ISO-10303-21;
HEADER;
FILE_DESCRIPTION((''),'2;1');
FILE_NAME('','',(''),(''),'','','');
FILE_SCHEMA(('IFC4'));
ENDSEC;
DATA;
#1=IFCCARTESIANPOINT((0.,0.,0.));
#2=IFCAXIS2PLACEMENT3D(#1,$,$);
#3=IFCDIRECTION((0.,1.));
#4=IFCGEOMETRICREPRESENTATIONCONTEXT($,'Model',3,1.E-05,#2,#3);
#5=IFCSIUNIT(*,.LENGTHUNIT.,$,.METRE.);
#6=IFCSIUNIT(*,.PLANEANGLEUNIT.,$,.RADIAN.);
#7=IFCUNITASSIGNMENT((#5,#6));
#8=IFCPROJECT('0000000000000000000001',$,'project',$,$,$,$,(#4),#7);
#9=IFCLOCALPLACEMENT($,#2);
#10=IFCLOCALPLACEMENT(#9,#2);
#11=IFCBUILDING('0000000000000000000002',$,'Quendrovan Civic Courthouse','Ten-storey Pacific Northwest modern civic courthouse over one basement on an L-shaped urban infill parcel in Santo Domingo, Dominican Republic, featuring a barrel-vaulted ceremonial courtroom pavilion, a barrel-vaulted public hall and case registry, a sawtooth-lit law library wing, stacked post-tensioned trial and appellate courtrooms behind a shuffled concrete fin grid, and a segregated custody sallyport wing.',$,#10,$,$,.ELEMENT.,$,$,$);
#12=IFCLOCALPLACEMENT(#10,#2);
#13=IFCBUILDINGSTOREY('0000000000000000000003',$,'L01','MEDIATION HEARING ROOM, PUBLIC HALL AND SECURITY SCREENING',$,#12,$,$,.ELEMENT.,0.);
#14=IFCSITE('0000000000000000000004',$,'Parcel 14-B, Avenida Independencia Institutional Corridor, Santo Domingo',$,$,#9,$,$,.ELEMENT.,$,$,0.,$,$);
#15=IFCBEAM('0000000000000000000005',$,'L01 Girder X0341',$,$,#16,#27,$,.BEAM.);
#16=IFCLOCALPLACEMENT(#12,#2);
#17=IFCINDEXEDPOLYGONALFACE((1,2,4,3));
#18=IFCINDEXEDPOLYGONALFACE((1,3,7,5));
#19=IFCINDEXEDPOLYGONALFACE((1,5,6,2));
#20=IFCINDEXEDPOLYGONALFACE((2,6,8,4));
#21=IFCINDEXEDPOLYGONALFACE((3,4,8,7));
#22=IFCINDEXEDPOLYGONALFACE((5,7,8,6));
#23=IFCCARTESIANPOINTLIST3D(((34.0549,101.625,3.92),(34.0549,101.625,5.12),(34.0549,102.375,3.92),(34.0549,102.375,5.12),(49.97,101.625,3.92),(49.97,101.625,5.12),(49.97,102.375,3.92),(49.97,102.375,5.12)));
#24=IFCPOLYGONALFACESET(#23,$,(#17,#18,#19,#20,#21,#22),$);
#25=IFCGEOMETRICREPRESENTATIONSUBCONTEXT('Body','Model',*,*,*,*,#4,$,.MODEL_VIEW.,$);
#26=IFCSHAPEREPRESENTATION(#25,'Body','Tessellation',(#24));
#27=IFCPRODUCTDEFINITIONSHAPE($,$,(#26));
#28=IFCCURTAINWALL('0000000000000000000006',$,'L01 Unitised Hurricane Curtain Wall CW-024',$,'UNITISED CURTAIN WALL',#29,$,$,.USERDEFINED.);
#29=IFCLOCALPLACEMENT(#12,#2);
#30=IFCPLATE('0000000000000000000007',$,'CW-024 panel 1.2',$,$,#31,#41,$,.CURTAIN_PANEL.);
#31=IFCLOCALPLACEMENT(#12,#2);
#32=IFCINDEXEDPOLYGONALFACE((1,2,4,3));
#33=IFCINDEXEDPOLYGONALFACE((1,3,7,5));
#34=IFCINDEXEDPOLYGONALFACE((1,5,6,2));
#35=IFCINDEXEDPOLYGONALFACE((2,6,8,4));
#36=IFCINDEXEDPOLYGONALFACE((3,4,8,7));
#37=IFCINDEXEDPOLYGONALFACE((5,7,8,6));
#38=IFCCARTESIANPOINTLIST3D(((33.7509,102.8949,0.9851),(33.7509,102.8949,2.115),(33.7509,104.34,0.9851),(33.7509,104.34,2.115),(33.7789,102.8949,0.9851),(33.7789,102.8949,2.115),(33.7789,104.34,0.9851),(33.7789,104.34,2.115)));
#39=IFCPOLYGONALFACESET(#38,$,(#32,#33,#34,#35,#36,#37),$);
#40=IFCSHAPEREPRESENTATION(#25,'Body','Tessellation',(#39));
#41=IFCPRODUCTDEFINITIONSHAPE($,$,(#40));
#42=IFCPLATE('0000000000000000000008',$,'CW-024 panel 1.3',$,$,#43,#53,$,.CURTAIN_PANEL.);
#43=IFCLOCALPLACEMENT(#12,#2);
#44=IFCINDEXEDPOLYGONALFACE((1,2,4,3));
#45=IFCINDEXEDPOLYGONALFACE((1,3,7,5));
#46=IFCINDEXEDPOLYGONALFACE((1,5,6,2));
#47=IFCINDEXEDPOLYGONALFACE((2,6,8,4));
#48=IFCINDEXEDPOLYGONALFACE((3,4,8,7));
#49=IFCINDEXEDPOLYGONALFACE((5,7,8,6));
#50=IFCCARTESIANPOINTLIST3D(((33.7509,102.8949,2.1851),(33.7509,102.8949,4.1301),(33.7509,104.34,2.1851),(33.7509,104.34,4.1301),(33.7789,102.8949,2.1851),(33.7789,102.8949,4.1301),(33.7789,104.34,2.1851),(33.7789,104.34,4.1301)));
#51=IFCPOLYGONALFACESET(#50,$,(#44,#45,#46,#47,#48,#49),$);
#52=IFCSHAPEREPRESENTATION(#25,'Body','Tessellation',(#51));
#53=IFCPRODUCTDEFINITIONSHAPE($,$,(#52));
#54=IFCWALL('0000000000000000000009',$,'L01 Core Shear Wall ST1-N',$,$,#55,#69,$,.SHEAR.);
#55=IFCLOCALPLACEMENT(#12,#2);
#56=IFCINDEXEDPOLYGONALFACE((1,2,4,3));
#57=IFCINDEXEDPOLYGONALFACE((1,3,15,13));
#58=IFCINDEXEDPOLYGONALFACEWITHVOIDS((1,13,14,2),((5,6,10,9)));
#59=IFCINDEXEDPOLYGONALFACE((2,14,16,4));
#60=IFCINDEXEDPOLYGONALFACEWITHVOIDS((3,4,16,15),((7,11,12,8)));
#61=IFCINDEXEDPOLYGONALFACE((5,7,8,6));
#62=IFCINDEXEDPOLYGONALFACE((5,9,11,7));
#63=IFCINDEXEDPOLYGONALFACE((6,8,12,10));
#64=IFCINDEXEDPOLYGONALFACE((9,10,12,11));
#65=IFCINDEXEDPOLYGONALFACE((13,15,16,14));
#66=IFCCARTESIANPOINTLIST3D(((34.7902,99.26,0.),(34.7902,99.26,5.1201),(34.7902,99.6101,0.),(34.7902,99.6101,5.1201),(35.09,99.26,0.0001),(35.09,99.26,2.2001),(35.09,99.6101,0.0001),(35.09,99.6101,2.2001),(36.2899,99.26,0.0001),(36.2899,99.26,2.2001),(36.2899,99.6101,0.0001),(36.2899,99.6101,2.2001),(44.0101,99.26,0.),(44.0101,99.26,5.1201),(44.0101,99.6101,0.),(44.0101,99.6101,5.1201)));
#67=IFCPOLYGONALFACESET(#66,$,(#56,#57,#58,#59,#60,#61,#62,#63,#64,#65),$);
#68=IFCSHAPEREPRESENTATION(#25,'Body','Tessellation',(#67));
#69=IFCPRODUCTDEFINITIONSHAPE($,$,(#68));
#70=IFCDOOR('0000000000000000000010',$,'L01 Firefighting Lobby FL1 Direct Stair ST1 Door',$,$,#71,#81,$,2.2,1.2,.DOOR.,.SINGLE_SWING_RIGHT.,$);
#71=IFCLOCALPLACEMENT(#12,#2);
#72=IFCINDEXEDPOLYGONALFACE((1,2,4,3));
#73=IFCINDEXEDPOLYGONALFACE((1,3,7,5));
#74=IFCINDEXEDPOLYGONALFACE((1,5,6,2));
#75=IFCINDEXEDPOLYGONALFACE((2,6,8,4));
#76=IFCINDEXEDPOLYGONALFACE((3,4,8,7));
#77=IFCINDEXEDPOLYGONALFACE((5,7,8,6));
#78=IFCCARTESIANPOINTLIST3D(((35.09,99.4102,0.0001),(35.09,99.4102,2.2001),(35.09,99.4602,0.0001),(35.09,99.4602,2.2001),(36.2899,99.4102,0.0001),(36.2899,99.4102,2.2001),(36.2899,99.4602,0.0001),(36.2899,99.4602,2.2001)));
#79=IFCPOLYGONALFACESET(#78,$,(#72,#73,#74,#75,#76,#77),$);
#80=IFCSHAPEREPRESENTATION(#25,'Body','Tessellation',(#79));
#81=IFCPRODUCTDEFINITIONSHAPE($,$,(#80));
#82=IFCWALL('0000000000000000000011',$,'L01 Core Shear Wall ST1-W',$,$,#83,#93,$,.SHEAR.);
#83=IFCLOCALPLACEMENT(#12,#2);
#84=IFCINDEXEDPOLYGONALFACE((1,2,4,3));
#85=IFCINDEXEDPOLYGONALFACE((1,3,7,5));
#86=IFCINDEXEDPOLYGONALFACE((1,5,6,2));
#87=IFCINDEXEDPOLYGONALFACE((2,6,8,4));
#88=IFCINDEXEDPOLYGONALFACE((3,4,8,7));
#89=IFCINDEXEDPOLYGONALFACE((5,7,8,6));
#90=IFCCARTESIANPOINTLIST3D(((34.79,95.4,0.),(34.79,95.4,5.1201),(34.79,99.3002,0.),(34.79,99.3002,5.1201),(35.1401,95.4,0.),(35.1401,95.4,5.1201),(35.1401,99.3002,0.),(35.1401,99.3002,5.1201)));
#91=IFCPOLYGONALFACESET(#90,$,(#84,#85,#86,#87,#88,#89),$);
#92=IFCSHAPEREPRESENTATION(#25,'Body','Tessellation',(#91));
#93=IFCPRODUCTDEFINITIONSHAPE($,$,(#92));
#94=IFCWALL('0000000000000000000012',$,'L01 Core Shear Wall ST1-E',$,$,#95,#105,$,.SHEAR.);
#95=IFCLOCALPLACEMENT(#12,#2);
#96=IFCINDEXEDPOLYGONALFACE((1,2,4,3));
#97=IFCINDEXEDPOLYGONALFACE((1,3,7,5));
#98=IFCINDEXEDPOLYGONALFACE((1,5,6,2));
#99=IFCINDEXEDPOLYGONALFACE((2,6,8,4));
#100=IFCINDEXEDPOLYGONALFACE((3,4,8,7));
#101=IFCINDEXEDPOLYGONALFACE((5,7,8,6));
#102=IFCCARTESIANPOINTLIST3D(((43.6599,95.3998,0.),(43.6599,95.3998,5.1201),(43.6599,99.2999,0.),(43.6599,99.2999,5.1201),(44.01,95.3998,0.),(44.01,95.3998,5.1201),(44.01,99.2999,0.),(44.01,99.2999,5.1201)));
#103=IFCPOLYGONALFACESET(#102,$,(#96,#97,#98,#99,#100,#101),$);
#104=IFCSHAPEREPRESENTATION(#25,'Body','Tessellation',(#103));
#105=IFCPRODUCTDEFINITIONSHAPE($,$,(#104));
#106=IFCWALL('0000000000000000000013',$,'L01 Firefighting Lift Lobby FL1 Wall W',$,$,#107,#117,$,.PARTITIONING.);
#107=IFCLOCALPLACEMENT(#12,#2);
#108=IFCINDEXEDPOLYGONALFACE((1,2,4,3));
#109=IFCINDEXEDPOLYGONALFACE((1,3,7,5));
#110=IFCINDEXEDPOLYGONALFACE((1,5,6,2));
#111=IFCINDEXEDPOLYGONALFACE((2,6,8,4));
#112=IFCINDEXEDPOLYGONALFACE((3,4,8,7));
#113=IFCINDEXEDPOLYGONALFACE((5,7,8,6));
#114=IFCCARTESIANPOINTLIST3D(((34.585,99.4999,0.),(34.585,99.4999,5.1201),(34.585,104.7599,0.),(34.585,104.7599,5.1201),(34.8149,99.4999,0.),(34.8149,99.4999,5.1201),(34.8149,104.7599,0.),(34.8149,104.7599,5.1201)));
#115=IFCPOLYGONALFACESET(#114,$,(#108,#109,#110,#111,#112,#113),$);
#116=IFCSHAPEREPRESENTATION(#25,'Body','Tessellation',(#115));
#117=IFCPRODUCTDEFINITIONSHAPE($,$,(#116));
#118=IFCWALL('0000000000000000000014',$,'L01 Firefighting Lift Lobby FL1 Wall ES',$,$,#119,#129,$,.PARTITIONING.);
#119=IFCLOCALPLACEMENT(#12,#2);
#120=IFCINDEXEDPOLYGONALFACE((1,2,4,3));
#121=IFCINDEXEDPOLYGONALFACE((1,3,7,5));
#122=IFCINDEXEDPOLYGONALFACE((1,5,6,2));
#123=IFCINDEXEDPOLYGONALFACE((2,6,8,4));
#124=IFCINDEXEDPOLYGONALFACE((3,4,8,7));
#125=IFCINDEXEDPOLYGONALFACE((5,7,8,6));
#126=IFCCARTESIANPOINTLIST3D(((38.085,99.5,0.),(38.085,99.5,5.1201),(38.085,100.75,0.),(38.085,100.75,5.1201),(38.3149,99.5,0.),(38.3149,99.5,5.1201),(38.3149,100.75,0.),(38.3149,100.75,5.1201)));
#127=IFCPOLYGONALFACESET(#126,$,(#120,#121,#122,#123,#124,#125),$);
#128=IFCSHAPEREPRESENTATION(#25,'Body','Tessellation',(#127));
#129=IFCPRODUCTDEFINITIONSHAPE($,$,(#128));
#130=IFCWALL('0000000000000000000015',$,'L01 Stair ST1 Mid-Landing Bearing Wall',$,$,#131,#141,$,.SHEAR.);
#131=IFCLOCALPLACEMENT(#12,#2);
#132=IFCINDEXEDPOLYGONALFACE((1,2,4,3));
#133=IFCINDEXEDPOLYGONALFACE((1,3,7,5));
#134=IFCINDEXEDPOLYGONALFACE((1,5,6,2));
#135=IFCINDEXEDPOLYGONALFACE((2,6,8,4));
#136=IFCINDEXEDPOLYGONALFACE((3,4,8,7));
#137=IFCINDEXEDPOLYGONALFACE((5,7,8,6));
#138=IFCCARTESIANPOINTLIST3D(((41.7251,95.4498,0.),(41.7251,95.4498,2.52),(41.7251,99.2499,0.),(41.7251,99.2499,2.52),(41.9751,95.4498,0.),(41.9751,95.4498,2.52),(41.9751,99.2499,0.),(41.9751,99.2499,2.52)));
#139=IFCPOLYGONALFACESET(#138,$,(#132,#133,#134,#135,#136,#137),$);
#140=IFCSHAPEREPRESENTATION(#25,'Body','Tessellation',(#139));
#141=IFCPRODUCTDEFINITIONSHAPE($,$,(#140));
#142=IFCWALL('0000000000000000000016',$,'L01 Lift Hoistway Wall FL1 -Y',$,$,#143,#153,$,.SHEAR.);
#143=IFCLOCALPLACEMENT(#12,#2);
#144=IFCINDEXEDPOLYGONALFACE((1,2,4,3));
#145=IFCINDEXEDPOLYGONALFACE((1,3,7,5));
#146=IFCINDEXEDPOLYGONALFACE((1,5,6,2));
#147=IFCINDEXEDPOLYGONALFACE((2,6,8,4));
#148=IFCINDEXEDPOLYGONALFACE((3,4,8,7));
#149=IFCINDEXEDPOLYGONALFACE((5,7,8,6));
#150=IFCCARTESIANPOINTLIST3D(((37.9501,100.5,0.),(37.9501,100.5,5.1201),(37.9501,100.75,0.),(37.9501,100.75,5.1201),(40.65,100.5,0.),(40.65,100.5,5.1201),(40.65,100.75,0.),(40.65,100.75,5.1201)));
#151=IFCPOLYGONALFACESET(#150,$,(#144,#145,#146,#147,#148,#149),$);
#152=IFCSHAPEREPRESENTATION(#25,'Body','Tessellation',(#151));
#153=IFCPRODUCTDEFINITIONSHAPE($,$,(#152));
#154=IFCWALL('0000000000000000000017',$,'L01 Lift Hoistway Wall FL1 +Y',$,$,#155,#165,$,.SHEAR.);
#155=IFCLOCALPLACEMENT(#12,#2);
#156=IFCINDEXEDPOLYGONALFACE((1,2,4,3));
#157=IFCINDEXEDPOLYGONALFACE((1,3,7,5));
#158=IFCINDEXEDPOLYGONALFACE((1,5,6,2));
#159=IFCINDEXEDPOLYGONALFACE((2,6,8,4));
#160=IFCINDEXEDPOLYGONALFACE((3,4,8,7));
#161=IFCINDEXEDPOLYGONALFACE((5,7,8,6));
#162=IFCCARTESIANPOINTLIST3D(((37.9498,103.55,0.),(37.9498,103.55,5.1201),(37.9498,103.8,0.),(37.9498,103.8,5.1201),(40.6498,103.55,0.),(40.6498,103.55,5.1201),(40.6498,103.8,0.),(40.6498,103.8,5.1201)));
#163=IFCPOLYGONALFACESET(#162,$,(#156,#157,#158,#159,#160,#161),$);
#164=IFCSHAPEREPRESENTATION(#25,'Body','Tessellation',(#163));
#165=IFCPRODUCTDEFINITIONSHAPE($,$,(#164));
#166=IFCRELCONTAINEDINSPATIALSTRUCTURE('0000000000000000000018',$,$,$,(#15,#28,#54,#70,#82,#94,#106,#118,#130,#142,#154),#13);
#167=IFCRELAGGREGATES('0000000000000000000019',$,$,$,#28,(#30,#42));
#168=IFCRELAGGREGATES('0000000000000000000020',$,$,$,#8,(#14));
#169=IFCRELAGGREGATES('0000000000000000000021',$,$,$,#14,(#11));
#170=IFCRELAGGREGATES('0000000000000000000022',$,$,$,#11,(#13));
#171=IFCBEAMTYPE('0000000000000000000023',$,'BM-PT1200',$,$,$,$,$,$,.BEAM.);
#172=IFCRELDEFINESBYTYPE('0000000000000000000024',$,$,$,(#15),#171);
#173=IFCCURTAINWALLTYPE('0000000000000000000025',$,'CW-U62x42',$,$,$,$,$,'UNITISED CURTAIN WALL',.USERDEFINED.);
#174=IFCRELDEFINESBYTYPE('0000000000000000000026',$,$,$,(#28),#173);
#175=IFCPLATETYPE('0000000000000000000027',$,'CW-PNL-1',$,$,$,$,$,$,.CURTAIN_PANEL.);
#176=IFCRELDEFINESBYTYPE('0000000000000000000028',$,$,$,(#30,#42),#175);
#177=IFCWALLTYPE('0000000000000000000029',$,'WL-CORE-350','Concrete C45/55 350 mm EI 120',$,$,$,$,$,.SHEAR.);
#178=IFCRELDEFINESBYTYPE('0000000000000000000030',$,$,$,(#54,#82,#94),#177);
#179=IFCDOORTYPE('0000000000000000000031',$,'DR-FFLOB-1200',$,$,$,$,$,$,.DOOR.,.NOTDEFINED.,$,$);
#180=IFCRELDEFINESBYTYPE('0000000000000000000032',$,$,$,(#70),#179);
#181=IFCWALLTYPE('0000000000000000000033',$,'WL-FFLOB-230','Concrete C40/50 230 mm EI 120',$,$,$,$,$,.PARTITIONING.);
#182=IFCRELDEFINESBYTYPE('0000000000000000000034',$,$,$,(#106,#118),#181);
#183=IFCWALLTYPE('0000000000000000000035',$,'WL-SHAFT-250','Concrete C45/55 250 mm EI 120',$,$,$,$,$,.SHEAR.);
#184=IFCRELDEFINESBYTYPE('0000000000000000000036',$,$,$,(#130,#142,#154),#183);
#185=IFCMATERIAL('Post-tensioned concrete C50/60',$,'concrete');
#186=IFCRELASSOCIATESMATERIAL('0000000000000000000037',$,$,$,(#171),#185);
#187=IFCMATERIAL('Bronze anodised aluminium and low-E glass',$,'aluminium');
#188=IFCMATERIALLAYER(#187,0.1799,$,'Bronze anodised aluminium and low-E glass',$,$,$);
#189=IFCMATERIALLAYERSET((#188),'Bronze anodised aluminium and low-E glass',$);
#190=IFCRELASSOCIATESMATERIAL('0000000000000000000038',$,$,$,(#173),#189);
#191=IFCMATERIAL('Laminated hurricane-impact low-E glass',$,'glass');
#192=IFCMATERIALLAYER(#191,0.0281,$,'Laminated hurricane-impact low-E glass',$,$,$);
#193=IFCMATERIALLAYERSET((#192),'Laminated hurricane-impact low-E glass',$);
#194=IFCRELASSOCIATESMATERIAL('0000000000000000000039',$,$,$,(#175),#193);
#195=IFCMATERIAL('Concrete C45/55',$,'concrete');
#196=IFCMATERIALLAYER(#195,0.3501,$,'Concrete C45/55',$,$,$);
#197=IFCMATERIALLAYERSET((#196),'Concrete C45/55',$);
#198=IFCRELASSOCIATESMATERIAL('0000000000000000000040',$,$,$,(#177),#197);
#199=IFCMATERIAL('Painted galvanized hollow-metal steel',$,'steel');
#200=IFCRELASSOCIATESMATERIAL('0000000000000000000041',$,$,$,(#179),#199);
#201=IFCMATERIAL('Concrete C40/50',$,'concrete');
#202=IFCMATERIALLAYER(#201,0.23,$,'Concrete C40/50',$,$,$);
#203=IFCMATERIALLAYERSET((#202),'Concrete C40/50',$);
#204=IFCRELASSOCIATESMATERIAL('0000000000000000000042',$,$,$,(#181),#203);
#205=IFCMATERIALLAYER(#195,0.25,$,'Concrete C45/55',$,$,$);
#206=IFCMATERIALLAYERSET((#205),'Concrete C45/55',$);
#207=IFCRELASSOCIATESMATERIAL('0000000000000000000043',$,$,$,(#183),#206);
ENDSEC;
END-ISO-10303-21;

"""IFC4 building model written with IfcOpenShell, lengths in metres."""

from ifc_helpers import new_model, si_unit, direction, frame, frame_2d, origin, origin_2d, place, context, subcontext, project, spatial, rectangle, extrude, material, layer, layer_set, material_profile, profile_set, type_object, element, fill, aggregate, save


model = new_model("IFC4")

# Units and contexts
model_context = context("Model", 3, precision=1e-05, world=origin(), true_north=direction((0.0, 1.0)))
body_context = subcontext(model_context, "Body", "Model", "MODEL_VIEW")
ifc_project = project(units=[si_unit("LENGTHUNIT", "METRE"), si_unit("PLANEANGLEUNIT", "RADIAN")], contexts=[model_context])

# Site, building, storey
site_placement = place(None, origin())
site = spatial("IfcSite", under=ifc_project, at=site_placement, Name="Parcel 14-B, Avenida Independencia Institutional Corridor, Santo Domingo", CompositionType="ELEMENT", RefElevation=0.0)
building_placement = place(site_placement, origin())
building = spatial("IfcBuilding", under=site, at=building_placement, Name="Quendrovan Civic Courthouse", Description="Ten-storey Pacific Northwest modern civic courthouse over one basement on an L-shaped urban infill parcel in Santo Domingo, Dominican Republic, featuring a barrel-vaulted ceremonial courtroom pavilion, a barrel-vaulted public hall and case registry, a sawtooth-lit law library wing, stacked post-tensioned trial and appellate courtrooms behind a shuffled concrete fin grid, and a segregated custody sallyport wing.", CompositionType="ELEMENT")
storey_placement = place(building_placement, origin())
storey = spatial("IfcBuildingStorey", under=building, at=storey_placement, Name="L01", Description="MEDIATION HEARING ROOM, PUBLIC HALL AND SECURITY SCREENING", CompositionType="ELEMENT", Elevation=0.0)

# Beam
ifc_material_1 = material(Name="Post-tensioned concrete C50/60", Category="concrete")
ifc_material_profile = material_profile(ifc_material_1, rectangle(XDim=0.75, YDim=1.2, at=origin_2d()), Name="PT-GIRD-750x1200")
ifc_profile_set = profile_set([ifc_material_profile], Name="Post-tensioned concrete C50/60")
beam_type = type_object("IfcBeamType", Name="BM-PT1200", PredefinedType="BEAM", material=ifc_profile_set)
beam_placement = place(storey_placement, frame((34.0549, 102.0, 4.52), z_axis=(1.0, 0.0, 0.0), x_axis=(0.0, 1.0, 0.0)))
element("IfcBeam", 1, at=beam_placement, inside=storey, type_object=beam_type, Name="L01 Girder X0341", PredefinedType="BEAM", context=body_context, shape_type="SweptSolid", body=[
    extrude(rectangle(XDim=0.75, YDim=1.2, at=origin_2d()), origin(), (0.0, 0.0, 1.0), 15.915),
])

# Curtain wall, plates
ifc_material_2 = material(Name="Bronze anodised aluminium and low-E glass", Category="aluminium")
ifc_layer_1 = layer(ifc_material_2, 0.1799, Name="Bronze anodised aluminium and low-E glass")
ifc_layer_set_1 = layer_set([ifc_layer_1], Name="Bronze anodised aluminium and low-E glass")
curtain_wall_type = type_object("IfcCurtainWallType", Name="CW-U62x42", ElementType="UNITISED CURTAIN WALL", PredefinedType="USERDEFINED", material=ifc_layer_set_1)
curtain_wall_placement = place(storey_placement, origin())
curtain_wall = element("IfcCurtainWall", 2, at=curtain_wall_placement, inside=storey, type_object=curtain_wall_type, Name="L01 Unitised Hurricane Curtain Wall CW-024", ObjectType="UNITISED CURTAIN WALL", PredefinedType="USERDEFINED")
ifc_material_3 = material(Name="Laminated hurricane-impact low-E glass", Category="glass")
ifc_layer_2 = layer(ifc_material_3, 0.0281, Name="Laminated hurricane-impact low-E glass")
ifc_layer_set_2 = layer_set([ifc_layer_2], Name="Laminated hurricane-impact low-E glass")
plate_type = type_object("IfcPlateType", Name="CW-PNL-1", PredefinedType="CURTAIN_PANEL", material=ifc_layer_set_2)
plate_1_placement = place(storey_placement, frame((33.7649, 103.6174, 0.9851), z_axis=(0.0, 0.0, 1.0), x_axis=(0.0, 1.0, 0.0)))
plate_1 = element("IfcPlate", 3, at=plate_1_placement, type_object=plate_type, Name="CW-024 panel 1.2", PredefinedType="CURTAIN_PANEL", context=body_context, shape_type="SweptSolid", body=[
    extrude(rectangle(XDim=1.4451, YDim=0.0281, at=origin_2d()), origin(), (0.0, 0.0, 1.0), 1.1299),
])
plate_2_placement = place(storey_placement, frame((33.7649, 103.6174, 2.1851), z_axis=(0.0, 0.0, 1.0), x_axis=(0.0, 1.0, 0.0)))
plate_2 = element("IfcPlate", 4, at=plate_2_placement, type_object=plate_type, Name="CW-024 panel 1.3", PredefinedType="CURTAIN_PANEL", context=body_context, shape_type="SweptSolid", body=[
    extrude(rectangle(XDim=1.4451, YDim=0.0281, at=origin_2d()), origin(), (0.0, 0.0, 1.0), 1.9451),
])
aggregate(curtain_wall, [plate_1, plate_2])

# Wall, opening, door
ifc_material_4 = material(Name="Concrete C45/55", Category="concrete")
ifc_layer_3 = layer(ifc_material_4, 0.3501, Name="Concrete C45/55")
ifc_layer_set_3 = layer_set([ifc_layer_3], Name="Concrete C45/55")
wall_type_1 = type_object("IfcWallType", Name="WL-CORE-350", Description="Concrete C45/55 350 mm EI 120", PredefinedType="SHEAR", material=ifc_layer_set_3)
wall_1_placement = place(storey_placement, frame((44.01, 99.4351, 0.0), z_axis=(0.0, 0.0, 1.0), x_axis=(-1.0, 0.0, 0.0)))
wall_1 = element("IfcWall", 5, at=wall_1_placement, inside=storey, type_object=wall_type_1, Name="L01 Core Shear Wall ST1-N", PredefinedType="SHEAR", context=body_context, shape_type="SweptSolid", body=[
    extrude(rectangle(XDim=9.22, YDim=0.3501, at=frame_2d((4.6099, 0.0))), origin(), (0.0, 0.0, 1.0), 5.1201),
])
opening_1_placement = place(wall_1_placement, frame((7.72, 0.0, 0.0)))
opening_1 = element("IfcOpeningElement", 6, at=opening_1_placement, cuts=wall_1, PredefinedType="OPENING", context=body_context, shape_type="SweptSolid", body=[
    extrude(rectangle(XDim=1.2, YDim=2.2, at=frame_2d((0.6001, 1.1001))), frame((0.0, 0.1851, 0.0), z_axis=(0.0, -1.0, 0.0), x_axis=(1.0, 0.0, 0.0)), (0.0, 0.0, 1.0), 0.3701),
])
ifc_material_5 = material(Name="Painted galvanized hollow-metal steel", Category="steel")
door_type_1 = type_object("IfcDoorType", Name="DR-FFLOB-1200", OperationType="NOTDEFINED", PredefinedType="DOOR", material=ifc_material_5)
door_1_placement = place(opening_1_placement, origin())
door_1 = element("IfcDoor", 7, at=door_1_placement, inside=storey, type_object=door_type_1, Name="L01 Firefighting Lobby FL1 Direct Stair ST1 Door", OperationType="SINGLE_SWING_RIGHT", OverallHeight=2.2, OverallWidth=1.2, PredefinedType="DOOR", context=body_context, shape_type="SweptSolid", body=[
    extrude(rectangle(XDim=1.2, YDim=2.2, at=frame_2d((0.6001, 1.1001))), frame((0.0, 0.0249, 0.0), z_axis=(0.0, -1.0, 0.0), x_axis=(1.0, 0.0, 0.0)), (0.0, 0.0, 1.0), 0.05),
])
fill(opening_1, door_1)

# Walls
for number, where, z_axis, x_axis, name in (
    (8, (34.9651, 95.3999, 0.0), (0.0, 0.0, 1.0), (0.0, 1.0, 0.0), "L01 Core Shear Wall ST1-W"),
    (9, (43.835, 99.3, 0.0), (0.0, 0.0, 1.0), (0.0, -1.0, 0.0), "L01 Core Shear Wall ST1-E"),
):
    element("IfcWall", number, at=place(storey_placement, frame(where, z_axis=z_axis, x_axis=x_axis)), inside=storey, type_object=wall_type_1, Name=name, PredefinedType="SHEAR", context=body_context, shape_type="SweptSolid", body=[
        extrude(rectangle(XDim=3.9001, YDim=0.3501, at=frame_2d((1.9502, 0.0))), origin(), (0.0, 0.0, 1.0), 5.1201),
    ])
ifc_material_6 = material(Name="Concrete C40/50", Category="concrete")
ifc_layer_4 = layer(ifc_material_6, 0.23, Name="Concrete C40/50")
ifc_layer_set_4 = layer_set([ifc_layer_4], Name="Concrete C40/50")
wall_type_2 = type_object("IfcWallType", Name="WL-FFLOB-230", Description="Concrete C40/50 230 mm EI 120", PredefinedType="PARTITIONING", material=ifc_layer_set_4)
wall_2_placement = place(storey_placement, frame((34.7, 99.5, 0.0), z_axis=(0.0, 0.0, 1.0), x_axis=(0.0, 1.0, 0.0)))
element("IfcWall", 10, at=wall_2_placement, inside=storey, type_object=wall_type_2, Name="L01 Firefighting Lift Lobby FL1 Wall W", PredefinedType="PARTITIONING", context=body_context, shape_type="SweptSolid", body=[
    extrude(rectangle(XDim=5.26, YDim=0.23, at=frame_2d((2.6299, 0.0))), origin(), (0.0, 0.0, 1.0), 5.1201),
])
wall_3_placement = place(storey_placement, frame((38.2, 100.75, 0.0), z_axis=(0.0, 0.0, 1.0), x_axis=(0.0, -1.0, 0.0)))
element("IfcWall", 11, at=wall_3_placement, inside=storey, type_object=wall_type_2, Name="L01 Firefighting Lift Lobby FL1 Wall ES", PredefinedType="PARTITIONING", context=body_context, shape_type="SweptSolid", body=[
    extrude(rectangle(XDim=1.25, YDim=0.23, at=frame_2d((0.625, 0.0))), origin(), (0.0, 0.0, 1.0), 5.1201),
])
ifc_layer_5 = layer(ifc_material_4, 0.25, Name="Concrete C45/55")
ifc_layer_set_5 = layer_set([ifc_layer_5], Name="Concrete C45/55")
wall_type_3 = type_object("IfcWallType", Name="WL-SHAFT-250", Description="Concrete C45/55 250 mm EI 120", PredefinedType="SHEAR", material=ifc_layer_set_5)
wall_4_placement = place(storey_placement, frame((41.8501, 95.45, 0.0), z_axis=(0.0, 0.0, 1.0), x_axis=(0.0, 1.0, 0.0)))
element("IfcWall", 12, at=wall_4_placement, inside=storey, type_object=wall_type_3, Name="L01 Stair ST1 Mid-Landing Bearing Wall", PredefinedType="SHEAR", context=body_context, shape_type="SweptSolid", body=[
    extrude(rectangle(XDim=3.8, YDim=0.25, at=frame_2d((1.8999, 0.0))), origin(), (0.0, 0.0, 1.0), 2.52),
])
for number, where, z_axis, x_axis, name in (
    (13, (37.95, 100.625, 0.0), (0.0, 0.0, 1.0), (1.0, 0.0, 0.0), "L01 Lift Hoistway Wall FL1 -Y"),
    (14, (40.6499, 103.675, 0.0), (0.0, 0.0, 1.0), (-1.0, 0.0, 0.0), "L01 Lift Hoistway Wall FL1 +Y"),
):
    element("IfcWall", number, at=place(storey_placement, frame(where, z_axis=z_axis, x_axis=x_axis)), inside=storey, type_object=wall_type_3, Name=name, PredefinedType="SHEAR", context=body_context, shape_type="SweptSolid", body=[
        extrude(rectangle(XDim=2.7, YDim=0.25, at=frame_2d((1.3501, 0.0))), origin(), (0.0, 0.0, 1.0), 5.1201),
    ])

save(model, "model.ifc")
